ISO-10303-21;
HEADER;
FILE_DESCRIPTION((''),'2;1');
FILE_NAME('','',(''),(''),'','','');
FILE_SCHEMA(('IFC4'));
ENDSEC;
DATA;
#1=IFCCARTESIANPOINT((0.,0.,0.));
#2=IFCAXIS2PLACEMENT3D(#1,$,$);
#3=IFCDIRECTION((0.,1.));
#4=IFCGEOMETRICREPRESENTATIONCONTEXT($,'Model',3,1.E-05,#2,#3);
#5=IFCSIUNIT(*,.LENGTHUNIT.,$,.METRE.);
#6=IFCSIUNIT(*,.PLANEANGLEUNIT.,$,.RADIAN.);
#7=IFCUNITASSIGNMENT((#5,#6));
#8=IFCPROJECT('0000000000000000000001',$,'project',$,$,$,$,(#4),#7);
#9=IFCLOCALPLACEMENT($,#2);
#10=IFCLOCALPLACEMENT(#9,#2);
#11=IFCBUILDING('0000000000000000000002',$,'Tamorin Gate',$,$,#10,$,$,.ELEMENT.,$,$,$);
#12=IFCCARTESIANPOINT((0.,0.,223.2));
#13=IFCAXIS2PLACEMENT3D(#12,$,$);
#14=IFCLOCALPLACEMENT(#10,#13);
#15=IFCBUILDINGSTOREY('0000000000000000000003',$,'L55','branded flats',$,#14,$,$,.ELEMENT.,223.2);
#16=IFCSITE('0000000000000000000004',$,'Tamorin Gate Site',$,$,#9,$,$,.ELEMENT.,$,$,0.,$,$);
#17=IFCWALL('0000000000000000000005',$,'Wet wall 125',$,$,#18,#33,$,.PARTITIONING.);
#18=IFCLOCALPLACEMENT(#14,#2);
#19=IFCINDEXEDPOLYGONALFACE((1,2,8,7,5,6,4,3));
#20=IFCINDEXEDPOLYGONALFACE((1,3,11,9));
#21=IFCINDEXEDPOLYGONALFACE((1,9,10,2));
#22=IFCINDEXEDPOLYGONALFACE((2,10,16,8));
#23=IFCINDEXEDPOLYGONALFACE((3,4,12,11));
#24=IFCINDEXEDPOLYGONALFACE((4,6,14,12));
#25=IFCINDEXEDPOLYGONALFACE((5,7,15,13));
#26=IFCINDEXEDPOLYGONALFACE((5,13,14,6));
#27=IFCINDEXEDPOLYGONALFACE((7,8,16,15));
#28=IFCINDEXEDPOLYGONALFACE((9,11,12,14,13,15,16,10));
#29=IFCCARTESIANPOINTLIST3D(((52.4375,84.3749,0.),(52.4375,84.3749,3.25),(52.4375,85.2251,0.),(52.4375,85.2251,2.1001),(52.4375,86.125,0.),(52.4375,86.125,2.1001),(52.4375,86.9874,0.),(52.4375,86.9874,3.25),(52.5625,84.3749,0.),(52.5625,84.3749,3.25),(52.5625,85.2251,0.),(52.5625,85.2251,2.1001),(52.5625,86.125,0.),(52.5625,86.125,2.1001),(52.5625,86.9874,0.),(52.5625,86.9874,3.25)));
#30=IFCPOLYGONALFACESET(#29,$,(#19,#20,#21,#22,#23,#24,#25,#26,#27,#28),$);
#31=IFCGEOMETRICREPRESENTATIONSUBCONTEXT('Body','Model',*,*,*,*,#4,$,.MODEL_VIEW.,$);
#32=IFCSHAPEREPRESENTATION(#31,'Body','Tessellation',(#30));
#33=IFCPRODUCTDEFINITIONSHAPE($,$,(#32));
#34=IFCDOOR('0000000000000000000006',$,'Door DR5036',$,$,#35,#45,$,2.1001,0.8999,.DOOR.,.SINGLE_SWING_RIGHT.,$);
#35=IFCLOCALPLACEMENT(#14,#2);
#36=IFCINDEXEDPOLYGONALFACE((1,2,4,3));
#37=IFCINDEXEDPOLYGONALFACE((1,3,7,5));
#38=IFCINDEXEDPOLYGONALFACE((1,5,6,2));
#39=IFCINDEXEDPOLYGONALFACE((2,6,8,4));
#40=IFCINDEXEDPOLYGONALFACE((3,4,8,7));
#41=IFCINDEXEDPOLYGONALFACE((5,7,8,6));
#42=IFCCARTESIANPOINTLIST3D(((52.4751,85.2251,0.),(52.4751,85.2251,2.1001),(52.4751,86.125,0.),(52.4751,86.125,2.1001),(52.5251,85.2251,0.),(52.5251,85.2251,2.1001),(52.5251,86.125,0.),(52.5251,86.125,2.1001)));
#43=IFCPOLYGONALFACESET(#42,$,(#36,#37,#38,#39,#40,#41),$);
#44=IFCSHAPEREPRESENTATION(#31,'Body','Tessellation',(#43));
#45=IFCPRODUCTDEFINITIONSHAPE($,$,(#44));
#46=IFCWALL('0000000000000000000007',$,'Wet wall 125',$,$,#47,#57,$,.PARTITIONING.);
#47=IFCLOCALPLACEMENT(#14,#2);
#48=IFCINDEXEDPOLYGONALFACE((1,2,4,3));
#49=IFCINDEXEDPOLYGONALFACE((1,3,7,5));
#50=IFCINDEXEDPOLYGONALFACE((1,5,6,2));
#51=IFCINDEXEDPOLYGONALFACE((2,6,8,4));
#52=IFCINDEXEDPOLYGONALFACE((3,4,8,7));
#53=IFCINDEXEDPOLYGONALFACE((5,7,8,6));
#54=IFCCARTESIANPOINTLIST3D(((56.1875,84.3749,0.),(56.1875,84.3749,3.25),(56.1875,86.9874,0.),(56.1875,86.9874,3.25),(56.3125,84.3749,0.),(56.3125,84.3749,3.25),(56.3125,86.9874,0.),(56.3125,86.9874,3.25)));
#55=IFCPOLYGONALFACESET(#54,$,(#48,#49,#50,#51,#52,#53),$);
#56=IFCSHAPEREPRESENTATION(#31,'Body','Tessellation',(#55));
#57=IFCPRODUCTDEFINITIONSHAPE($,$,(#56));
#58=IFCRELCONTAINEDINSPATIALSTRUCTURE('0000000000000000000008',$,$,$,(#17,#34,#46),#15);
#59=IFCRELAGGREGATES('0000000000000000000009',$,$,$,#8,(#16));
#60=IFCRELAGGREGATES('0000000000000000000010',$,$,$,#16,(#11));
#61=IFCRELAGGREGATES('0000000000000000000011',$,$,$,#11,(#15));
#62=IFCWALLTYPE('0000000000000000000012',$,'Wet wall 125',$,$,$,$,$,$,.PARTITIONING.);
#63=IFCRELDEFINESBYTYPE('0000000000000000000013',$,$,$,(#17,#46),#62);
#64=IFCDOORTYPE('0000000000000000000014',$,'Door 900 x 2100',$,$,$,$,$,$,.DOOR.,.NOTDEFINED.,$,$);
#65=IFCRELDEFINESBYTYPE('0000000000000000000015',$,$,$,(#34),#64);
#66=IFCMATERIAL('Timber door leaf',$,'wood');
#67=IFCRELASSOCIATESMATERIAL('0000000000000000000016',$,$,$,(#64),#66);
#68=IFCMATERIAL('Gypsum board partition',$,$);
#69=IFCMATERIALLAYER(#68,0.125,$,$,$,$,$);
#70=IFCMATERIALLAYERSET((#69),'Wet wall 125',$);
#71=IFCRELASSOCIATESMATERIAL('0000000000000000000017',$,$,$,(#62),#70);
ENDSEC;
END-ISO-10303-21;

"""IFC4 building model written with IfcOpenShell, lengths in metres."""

from ifc_helpers import new_model, si_unit, direction, frame, frame_2d, origin, place, context, subcontext, project, spatial, rectangle, extrude, material, layer, layer_set, type_object, element, fill, save


model = new_model("IFC4")

# Units and contexts
model_context = context("Model", 3, precision=1e-05, world=origin(), true_north=direction((0.0, 1.0)))
body_context = subcontext(model_context, "Body", "Model", "MODEL_VIEW")
ifc_project = project(units=[si_unit("LENGTHUNIT", "METRE"), si_unit("PLANEANGLEUNIT", "RADIAN")], contexts=[model_context])

# Site, building, storey
site_placement = place(None, origin())
site = spatial("IfcSite", under=ifc_project, at=site_placement, Name="Tamorin Gate Site", CompositionType="ELEMENT", RefElevation=0.0)
building_placement = place(site_placement, origin())
building = spatial("IfcBuilding", under=site, at=building_placement, Name="Tamorin Gate", CompositionType="ELEMENT")
storey_placement = place(building_placement, frame((0.0, 0.0, 223.2)))
storey = spatial("IfcBuildingStorey", under=building, at=storey_placement, Name="L55", Description="branded flats", CompositionType="ELEMENT", Elevation=223.2)

# Shared definitions
ifc_material_1 = material(Name="Gypsum board partition")

# Wall, opening, door
ifc_material_2 = material(Name="Timber door leaf", Category="wood")
door_type = type_object("IfcDoorType", Name="Door 900 x 2100", OperationType="NOTDEFINED", PredefinedType="DOOR", material=ifc_material_2)
ifc_layer_1 = layer(ifc_material_1, 0.125)
ifc_layer_set_1 = layer_set([ifc_layer_1], Name="Wet wall 125")
wall_type_1 = type_object("IfcWallType", Name="Wet wall 125", PredefinedType="PARTITIONING", material=ifc_layer_set_1)
wall_1_placement = place(storey_placement, frame((52.5, 84.375, 0.0), z_axis=(0.0, 0.0, 1.0), x_axis=(0.0, 1.0, 0.0)))
wall_1 = element("IfcWall", 1, at=wall_1_placement, inside=storey, type_object=wall_type_1, Name="Wet wall 125", PredefinedType="PARTITIONING", context=body_context, shape_type="SweptSolid", body=[
    extrude(rectangle(XDim=2.6125, YDim=0.125, at=frame_2d((1.3062, 0.0))), origin(), (0.0, 0.0, 1.0), 3.25),
])
opening_1_placement = place(wall_1_placement, frame((0.8501, 0.0, 0.0)))
opening_1 = element("IfcOpeningElement", 2, at=opening_1_placement, cuts=wall_1, PredefinedType="OPENING", context=body_context, shape_type="SweptSolid", body=[
    extrude(rectangle(XDim=0.8999, YDim=2.1001, at=frame_2d((0.45, 1.05))), frame((0.0, 0.0725, 0.0), z_axis=(0.0, -1.0, 0.0), x_axis=(1.0, 0.0, 0.0)), (0.0, 0.0, 1.0), 0.145),
])
door_1_placement = place(opening_1_placement, origin())
door_1 = element("IfcDoor", 3, at=door_1_placement, inside=storey, type_object=door_type, Name="Door DR5036", OperationType="SINGLE_SWING_RIGHT", OverallHeight=2.1001, OverallWidth=0.8999, PredefinedType="DOOR", context=body_context, shape_type="SweptSolid", body=[
    extrude(rectangle(XDim=0.8999, YDim=2.1001, at=frame_2d((0.45, 1.05))), frame((0.0, 0.0249, 0.0), z_axis=(0.0, -1.0, 0.0), x_axis=(1.0, 0.0, 0.0)), (0.0, 0.0, 1.0), 0.05),
])
fill(opening_1, door_1)

# Wall
wall_2_placement = place(storey_placement, frame((56.25, 84.375, 0.0), z_axis=(0.0, 0.0, 1.0), x_axis=(0.0, 1.0, 0.0)))
element("IfcWall", 4, at=wall_2_placement, inside=storey, type_object=wall_type_1, Name="Wet wall 125", PredefinedType="PARTITIONING", context=body_context, shape_type="SweptSolid", body=[
    extrude(rectangle(XDim=2.6125, YDim=0.125, at=frame_2d((1.3062, 0.0))), origin(), (0.0, 0.0, 1.0), 3.25),
])

save(model, "model.ifc")
